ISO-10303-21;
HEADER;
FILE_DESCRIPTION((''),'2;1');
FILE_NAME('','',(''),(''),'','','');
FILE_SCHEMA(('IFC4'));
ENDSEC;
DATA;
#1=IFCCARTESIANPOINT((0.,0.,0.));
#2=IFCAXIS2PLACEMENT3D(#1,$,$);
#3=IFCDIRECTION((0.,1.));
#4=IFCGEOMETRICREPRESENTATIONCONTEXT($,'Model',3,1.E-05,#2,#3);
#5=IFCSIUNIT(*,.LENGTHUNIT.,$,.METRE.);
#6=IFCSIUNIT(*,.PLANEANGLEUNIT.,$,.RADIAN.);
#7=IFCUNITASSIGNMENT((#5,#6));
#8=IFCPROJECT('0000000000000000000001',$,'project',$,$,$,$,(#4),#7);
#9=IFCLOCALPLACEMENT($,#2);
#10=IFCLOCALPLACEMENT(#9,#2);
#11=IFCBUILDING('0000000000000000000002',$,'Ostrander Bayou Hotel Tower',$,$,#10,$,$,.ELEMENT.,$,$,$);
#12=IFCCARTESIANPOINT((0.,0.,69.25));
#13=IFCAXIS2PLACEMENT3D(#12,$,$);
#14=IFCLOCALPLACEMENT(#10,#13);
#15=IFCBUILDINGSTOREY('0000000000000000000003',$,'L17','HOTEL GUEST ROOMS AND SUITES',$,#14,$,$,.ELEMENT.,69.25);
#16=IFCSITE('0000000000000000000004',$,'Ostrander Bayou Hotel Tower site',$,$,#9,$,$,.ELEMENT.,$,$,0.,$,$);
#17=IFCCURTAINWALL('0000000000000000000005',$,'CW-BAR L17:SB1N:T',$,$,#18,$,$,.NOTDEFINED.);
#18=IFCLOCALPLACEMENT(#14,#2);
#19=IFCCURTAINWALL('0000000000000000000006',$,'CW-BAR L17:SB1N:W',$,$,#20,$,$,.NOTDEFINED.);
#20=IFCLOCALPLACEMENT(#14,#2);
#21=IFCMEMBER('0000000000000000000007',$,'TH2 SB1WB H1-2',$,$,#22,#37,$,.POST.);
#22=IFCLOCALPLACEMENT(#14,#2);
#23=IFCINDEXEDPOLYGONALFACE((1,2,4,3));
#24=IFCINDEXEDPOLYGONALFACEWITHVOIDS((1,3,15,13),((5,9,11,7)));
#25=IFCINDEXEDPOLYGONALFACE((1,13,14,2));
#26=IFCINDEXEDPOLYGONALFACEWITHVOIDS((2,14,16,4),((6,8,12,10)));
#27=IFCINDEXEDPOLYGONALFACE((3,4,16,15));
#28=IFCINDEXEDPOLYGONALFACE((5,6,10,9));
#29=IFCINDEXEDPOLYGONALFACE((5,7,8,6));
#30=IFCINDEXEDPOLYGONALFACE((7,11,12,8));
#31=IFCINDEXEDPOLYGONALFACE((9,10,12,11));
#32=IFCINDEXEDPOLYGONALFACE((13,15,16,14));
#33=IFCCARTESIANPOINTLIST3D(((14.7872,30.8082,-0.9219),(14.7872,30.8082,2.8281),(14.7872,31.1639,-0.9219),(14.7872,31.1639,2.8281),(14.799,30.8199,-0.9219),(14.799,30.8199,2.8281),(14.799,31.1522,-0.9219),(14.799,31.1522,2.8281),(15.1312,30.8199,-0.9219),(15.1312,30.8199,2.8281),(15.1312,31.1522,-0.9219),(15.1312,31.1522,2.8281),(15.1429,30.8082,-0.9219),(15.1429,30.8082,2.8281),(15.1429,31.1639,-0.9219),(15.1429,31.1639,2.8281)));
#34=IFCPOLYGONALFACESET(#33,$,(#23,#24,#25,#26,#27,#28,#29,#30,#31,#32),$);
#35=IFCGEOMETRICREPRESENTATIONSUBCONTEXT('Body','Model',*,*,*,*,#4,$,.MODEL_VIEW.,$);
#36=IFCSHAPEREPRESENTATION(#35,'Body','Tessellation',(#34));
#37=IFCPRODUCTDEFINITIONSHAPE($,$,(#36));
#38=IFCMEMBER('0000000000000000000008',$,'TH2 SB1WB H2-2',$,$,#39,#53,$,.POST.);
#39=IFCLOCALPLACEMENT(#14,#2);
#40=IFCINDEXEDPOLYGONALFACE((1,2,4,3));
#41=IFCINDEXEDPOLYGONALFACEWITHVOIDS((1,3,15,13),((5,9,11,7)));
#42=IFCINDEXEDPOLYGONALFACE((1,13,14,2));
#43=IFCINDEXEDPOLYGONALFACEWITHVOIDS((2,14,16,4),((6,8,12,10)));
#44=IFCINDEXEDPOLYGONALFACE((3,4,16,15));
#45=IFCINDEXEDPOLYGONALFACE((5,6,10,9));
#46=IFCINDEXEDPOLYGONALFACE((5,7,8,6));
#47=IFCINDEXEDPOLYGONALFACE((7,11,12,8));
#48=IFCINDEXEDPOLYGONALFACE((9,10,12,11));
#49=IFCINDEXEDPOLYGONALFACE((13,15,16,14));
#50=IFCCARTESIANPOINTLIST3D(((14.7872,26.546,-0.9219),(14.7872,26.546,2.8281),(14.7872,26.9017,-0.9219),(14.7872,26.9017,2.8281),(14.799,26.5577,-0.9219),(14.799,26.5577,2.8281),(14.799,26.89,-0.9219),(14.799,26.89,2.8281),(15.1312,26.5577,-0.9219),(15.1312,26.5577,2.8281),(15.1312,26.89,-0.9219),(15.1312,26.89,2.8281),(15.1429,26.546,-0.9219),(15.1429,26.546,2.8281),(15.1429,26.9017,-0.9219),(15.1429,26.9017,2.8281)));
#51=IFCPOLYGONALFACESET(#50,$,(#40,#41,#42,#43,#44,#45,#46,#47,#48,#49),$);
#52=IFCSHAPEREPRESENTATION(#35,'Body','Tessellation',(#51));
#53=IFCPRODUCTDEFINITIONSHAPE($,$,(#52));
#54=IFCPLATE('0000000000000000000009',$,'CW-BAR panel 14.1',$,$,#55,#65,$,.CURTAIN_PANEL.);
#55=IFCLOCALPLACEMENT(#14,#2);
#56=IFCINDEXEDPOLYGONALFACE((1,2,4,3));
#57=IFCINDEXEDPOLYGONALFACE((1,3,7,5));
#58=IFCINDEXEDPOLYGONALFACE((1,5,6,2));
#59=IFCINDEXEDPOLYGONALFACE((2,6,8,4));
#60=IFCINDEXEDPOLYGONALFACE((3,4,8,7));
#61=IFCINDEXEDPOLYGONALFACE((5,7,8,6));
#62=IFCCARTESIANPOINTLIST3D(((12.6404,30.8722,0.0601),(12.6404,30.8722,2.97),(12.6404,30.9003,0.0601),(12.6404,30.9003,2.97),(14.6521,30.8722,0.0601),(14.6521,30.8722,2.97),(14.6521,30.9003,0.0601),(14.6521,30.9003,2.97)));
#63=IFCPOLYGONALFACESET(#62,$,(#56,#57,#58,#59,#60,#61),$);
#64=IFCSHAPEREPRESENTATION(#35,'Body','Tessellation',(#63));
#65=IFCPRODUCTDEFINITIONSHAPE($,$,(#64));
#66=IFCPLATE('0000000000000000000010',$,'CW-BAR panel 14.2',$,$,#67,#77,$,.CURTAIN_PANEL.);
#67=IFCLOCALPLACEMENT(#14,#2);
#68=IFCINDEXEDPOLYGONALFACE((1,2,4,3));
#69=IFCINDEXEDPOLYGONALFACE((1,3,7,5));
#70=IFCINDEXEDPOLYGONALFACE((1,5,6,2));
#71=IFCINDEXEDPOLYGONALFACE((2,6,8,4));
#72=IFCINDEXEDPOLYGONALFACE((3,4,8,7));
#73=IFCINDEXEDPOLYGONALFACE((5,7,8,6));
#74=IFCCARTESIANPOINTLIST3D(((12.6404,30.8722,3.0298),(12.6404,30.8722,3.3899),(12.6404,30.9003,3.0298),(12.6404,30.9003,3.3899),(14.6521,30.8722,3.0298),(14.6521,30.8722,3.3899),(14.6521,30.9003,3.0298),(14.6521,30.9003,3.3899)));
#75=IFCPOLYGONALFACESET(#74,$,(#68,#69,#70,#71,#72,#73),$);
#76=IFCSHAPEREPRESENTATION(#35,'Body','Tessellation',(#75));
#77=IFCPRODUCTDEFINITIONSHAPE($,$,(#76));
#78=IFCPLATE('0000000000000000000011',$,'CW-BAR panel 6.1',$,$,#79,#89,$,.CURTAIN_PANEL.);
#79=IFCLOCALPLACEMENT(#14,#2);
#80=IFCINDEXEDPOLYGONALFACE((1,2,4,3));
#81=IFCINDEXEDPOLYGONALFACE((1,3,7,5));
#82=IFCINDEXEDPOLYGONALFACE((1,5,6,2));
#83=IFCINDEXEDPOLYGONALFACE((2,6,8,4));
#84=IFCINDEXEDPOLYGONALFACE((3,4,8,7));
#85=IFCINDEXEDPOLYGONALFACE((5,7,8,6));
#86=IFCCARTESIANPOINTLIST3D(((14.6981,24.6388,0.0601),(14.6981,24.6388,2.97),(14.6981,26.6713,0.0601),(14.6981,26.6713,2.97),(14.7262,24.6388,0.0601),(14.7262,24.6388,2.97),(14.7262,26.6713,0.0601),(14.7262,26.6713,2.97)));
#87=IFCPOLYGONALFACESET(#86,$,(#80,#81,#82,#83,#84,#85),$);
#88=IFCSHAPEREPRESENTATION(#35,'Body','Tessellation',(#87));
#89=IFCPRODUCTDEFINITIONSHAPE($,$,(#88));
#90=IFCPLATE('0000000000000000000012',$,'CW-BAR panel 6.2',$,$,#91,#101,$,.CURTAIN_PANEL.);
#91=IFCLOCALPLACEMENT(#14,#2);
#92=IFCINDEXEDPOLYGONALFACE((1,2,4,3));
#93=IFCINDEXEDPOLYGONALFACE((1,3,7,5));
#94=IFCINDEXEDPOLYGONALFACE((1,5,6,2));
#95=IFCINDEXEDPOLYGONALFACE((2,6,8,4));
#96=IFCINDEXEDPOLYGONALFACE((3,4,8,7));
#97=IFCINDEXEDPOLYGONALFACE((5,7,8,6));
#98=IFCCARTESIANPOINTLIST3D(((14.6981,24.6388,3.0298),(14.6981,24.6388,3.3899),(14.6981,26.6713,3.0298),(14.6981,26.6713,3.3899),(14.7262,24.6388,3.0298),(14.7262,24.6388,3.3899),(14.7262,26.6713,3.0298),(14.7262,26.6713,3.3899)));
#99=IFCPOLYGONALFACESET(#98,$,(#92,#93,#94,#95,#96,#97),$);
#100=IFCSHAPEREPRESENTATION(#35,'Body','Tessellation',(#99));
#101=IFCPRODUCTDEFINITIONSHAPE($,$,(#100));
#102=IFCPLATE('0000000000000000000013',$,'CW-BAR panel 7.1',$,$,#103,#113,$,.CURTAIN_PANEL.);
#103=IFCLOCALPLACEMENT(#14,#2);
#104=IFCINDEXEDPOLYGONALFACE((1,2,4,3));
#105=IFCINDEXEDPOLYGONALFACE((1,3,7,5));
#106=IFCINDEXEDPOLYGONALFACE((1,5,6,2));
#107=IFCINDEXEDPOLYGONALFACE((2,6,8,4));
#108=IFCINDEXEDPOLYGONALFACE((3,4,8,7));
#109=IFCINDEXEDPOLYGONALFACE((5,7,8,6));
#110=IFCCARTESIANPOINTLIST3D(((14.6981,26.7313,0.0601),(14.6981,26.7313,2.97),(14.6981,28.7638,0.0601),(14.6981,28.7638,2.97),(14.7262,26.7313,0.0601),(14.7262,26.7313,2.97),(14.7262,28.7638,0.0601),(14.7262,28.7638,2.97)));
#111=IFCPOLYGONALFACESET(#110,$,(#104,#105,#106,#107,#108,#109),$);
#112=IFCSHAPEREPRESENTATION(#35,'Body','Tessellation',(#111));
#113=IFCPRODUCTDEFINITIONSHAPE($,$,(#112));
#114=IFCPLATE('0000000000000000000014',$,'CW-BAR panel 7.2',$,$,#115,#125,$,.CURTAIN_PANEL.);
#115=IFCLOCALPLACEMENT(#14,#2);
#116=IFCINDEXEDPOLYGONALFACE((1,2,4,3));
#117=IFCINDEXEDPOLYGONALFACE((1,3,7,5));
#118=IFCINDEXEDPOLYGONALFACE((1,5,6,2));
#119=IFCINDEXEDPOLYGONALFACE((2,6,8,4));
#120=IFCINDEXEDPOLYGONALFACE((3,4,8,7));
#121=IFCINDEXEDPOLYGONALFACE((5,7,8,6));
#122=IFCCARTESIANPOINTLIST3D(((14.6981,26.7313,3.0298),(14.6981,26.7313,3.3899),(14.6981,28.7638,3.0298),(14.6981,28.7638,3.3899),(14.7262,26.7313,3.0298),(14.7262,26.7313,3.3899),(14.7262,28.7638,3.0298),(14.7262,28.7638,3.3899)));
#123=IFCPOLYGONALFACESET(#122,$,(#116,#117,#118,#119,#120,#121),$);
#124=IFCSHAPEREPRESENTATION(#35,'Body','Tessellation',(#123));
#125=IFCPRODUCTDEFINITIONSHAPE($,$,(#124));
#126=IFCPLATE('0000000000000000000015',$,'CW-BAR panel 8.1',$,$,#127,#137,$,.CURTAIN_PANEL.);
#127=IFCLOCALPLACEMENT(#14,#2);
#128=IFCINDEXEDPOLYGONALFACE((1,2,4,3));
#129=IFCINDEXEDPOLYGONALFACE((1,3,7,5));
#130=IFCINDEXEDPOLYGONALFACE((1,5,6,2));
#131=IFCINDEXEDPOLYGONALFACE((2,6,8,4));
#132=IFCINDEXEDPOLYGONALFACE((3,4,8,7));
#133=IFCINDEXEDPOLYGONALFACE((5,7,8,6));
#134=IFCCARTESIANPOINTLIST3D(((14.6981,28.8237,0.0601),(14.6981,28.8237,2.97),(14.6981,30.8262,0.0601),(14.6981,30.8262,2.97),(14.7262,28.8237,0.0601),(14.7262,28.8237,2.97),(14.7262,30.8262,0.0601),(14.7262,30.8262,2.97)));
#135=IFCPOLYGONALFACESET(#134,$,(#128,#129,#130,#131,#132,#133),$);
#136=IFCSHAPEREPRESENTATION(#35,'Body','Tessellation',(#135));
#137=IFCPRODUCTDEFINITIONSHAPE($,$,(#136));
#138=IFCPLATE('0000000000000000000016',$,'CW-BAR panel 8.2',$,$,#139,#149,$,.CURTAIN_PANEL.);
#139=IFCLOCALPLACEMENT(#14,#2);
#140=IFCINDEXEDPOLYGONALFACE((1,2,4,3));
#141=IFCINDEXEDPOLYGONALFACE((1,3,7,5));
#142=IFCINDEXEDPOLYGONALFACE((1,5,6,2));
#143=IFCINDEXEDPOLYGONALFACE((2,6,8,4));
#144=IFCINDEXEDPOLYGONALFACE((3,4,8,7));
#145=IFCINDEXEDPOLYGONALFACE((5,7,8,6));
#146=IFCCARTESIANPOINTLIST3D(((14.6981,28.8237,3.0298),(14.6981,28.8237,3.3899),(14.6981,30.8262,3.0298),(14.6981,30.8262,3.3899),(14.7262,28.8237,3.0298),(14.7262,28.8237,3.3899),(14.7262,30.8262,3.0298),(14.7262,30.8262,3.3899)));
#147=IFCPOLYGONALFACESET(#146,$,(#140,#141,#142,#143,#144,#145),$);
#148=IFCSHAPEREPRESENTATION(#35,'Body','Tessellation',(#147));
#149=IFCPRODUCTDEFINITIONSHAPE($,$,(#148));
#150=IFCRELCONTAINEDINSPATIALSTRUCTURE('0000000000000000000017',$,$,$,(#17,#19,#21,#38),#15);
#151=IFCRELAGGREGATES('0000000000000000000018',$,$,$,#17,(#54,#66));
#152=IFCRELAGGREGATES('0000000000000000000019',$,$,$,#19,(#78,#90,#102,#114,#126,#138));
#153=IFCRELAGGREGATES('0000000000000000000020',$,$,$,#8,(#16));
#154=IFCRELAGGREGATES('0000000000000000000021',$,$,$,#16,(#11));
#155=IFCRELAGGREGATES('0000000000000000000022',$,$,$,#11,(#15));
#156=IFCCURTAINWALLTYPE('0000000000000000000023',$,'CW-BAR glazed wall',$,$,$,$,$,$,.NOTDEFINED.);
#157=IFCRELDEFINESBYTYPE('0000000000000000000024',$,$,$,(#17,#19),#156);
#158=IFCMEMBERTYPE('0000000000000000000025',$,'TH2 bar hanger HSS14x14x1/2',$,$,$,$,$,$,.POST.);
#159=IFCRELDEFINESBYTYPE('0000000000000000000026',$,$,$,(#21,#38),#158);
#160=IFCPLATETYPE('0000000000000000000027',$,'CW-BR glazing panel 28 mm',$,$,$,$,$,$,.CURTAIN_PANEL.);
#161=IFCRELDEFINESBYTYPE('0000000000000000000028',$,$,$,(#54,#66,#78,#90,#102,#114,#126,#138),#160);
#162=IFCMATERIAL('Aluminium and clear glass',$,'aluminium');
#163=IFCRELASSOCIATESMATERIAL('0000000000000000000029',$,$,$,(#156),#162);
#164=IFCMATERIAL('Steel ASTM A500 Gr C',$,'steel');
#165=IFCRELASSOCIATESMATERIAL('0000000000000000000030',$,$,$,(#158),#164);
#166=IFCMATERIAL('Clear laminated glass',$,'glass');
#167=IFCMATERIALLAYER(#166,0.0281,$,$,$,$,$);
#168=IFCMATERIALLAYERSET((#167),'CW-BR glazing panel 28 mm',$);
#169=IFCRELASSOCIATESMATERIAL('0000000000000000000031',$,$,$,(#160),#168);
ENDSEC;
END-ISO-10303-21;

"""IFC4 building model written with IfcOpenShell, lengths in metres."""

from ifc_helpers import new_model, si_unit, direction, frame, origin, origin_2d, place, context, subcontext, project, spatial, rectangle, hollow_rectangle, extrude, material, layer, layer_set, material_profile, profile_set, type_object, element, aggregate, save


model = new_model("IFC4")

# Units and contexts
model_context = context("Model", 3, precision=1e-05, world=origin(), true_north=direction((0.0, 1.0)))
body_context = subcontext(model_context, "Body", "Model", "MODEL_VIEW")
ifc_project = project(units=[si_unit("LENGTHUNIT", "METRE"), si_unit("PLANEANGLEUNIT", "RADIAN")], contexts=[model_context])

# Site, building, storey
site_placement = place(None, origin())
site = spatial("IfcSite", under=ifc_project, at=site_placement, Name="Ostrander Bayou Hotel Tower site", CompositionType="ELEMENT", RefElevation=0.0)
building_placement = place(site_placement, origin())
building = spatial("IfcBuilding", under=site, at=building_placement, Name="Ostrander Bayou Hotel Tower", CompositionType="ELEMENT")
storey_placement = place(building_placement, frame((0.0, 0.0, 69.25)))
storey = spatial("IfcBuildingStorey", under=building, at=storey_placement, Name="L17", Description="HOTEL GUEST ROOMS AND SUITES", CompositionType="ELEMENT", Elevation=69.25)

# Curtain wall
ifc_material_1 = material(Name="Aluminium and clear glass", Category="aluminium")
curtain_wall_type = type_object("IfcCurtainWallType", Name="CW-BAR glazed wall", PredefinedType="NOTDEFINED", material=ifc_material_1)
curtain_wall_1_placement = place(storey_placement, origin())
curtain_wall_1 = element("IfcCurtainWall", 1, at=curtain_wall_1_placement, inside=storey, type_object=curtain_wall_type, Name="CW-BAR L17:SB1N:T", PredefinedType="NOTDEFINED")

# Curtain wall
curtain_wall_2_placement = place(storey_placement, origin())
curtain_wall_2 = element("IfcCurtainWall", 2, at=curtain_wall_2_placement, inside=storey, type_object=curtain_wall_type, Name="CW-BAR L17:SB1N:W", PredefinedType="NOTDEFINED")

# Members
ifc_material_2 = material(Name="Steel ASTM A500 Gr C", Category="steel")
ifc_material_profile_1 = material_profile(ifc_material_2, hollow_rectangle(XDim=0.3557, YDim=0.3557, WallThickness=0.0117, at=origin_2d()))
ifc_profile_set_1 = profile_set([ifc_material_profile_1], Name="Steel ASTM A500 Gr C")
member_type_1 = type_object("IfcMemberType", Name="TH2 bar hanger HSS14x14x1/2", PredefinedType="POST", material=ifc_profile_set_1)
for number, where, z_axis, x_axis, name in (
    (3, (14.9651, 30.9861, -0.9219), (0.0, 0.0, 1.0), (1.0, 0.0, 0.0), "TH2 SB1WB H1-2"),
    (4, (14.9651, 26.7239, -0.9219), (0.0, 0.0, 1.0), (1.0, 0.0, 0.0), "TH2 SB1WB H2-2"),
):
    element("IfcMember", number, at=place(storey_placement, frame(where, z_axis=z_axis, x_axis=x_axis)), inside=storey, type_object=member_type_1, Name=name, PredefinedType="POST", context=body_context, shape_type="SweptSolid", body=[
        extrude(hollow_rectangle(XDim=0.3557, YDim=0.3557, WallThickness=0.0117, at=origin_2d()), origin(), (0.0, 0.0, 1.0), 3.75),
    ])

# Plates
ifc_material_3 = material(Name="Clear laminated glass", Category="glass")
ifc_layer = layer(ifc_material_3, 0.0281)
ifc_layer_set = layer_set([ifc_layer], Name="CW-BR glazing panel 28 mm")
plate_type = type_object("IfcPlateType", Name="CW-BR glazing panel 28 mm", PredefinedType="CURTAIN_PANEL", material=ifc_layer_set)
plate_1_placement = place(storey_placement, frame((13.6462, 30.8862, 0.0601), z_axis=(0.0, 0.0, 1.0), x_axis=(1.0, 0.0, 0.0)))
plate_1 = element("IfcPlate", 5, at=plate_1_placement, type_object=plate_type, Name="CW-BAR panel 14.1", PredefinedType="CURTAIN_PANEL", context=body_context, shape_type="SweptSolid", body=[
    extrude(rectangle(XDim=2.0117, YDim=0.0281, at=origin_2d()), origin(), (0.0, 0.0, 1.0), 2.9099),
])
plate_2_placement = place(storey_placement, frame((13.6462, 30.8862, 3.0298), z_axis=(0.0, 0.0, 1.0), x_axis=(1.0, 0.0, 0.0)))
plate_2 = element("IfcPlate", 6, at=plate_2_placement, type_object=plate_type, Name="CW-BAR panel 14.2", PredefinedType="CURTAIN_PANEL", context=body_context, shape_type="SweptSolid", body=[
    extrude(rectangle(XDim=2.0117, YDim=0.0281, at=origin_2d()), origin(), (0.0, 0.0, 1.0), 0.3601),
])
aggregate(curtain_wall_1, [plate_1, plate_2])
plate_3_placement = place(storey_placement, frame((14.7122, 25.655, 0.0601), z_axis=(0.0, 0.0, 1.0), x_axis=(0.0, 1.0, 0.0)))
plate_3 = element("IfcPlate", 7, at=plate_3_placement, type_object=plate_type, Name="CW-BAR panel 6.1", PredefinedType="CURTAIN_PANEL", context=body_context, shape_type="SweptSolid", body=[
    extrude(rectangle(XDim=2.0325, YDim=0.0281, at=origin_2d()), origin(), (0.0, 0.0, 1.0), 2.9099),
])
plate_4_placement = place(storey_placement, frame((14.7122, 25.655, 3.0298), z_axis=(0.0, 0.0, 1.0), x_axis=(0.0, 1.0, 0.0)))
plate_4 = element("IfcPlate", 8, at=plate_4_placement, type_object=plate_type, Name="CW-BAR panel 6.2", PredefinedType="CURTAIN_PANEL", context=body_context, shape_type="SweptSolid", body=[
    extrude(rectangle(XDim=2.0325, YDim=0.0281, at=origin_2d()), origin(), (0.0, 0.0, 1.0), 0.3601),
])
plate_5_placement = place(storey_placement, frame((14.7122, 27.7476, 0.0601), z_axis=(0.0, 0.0, 1.0), x_axis=(0.0, 1.0, 0.0)))
plate_5 = element("IfcPlate", 9, at=plate_5_placement, type_object=plate_type, Name="CW-BAR panel 7.1", PredefinedType="CURTAIN_PANEL", context=body_context, shape_type="SweptSolid", body=[
    extrude(rectangle(XDim=2.0325, YDim=0.0281, at=origin_2d()), origin(), (0.0, 0.0, 1.0), 2.9099),
])
plate_6_placement = place(storey_placement, frame((14.7122, 27.7476, 3.0298), z_axis=(0.0, 0.0, 1.0), x_axis=(0.0, 1.0, 0.0)))
plate_6 = element("IfcPlate", 10, at=plate_6_placement, type_object=plate_type, Name="CW-BAR panel 7.2", PredefinedType="CURTAIN_PANEL", context=body_context, shape_type="SweptSolid", body=[
    extrude(rectangle(XDim=2.0325, YDim=0.0281, at=origin_2d()), origin(), (0.0, 0.0, 1.0), 0.3601),
])
plate_7_placement = place(storey_placement, frame((14.7122, 29.825, 0.0601), z_axis=(0.0, 0.0, 1.0), x_axis=(0.0, 1.0, 0.0)))
plate_7 = element("IfcPlate", 11, at=plate_7_placement, type_object=plate_type, Name="CW-BAR panel 8.1", PredefinedType="CURTAIN_PANEL", context=body_context, shape_type="SweptSolid", body=[
    extrude(rectangle(XDim=2.0024, YDim=0.0281, at=origin_2d()), origin(), (0.0, 0.0, 1.0), 2.9099),
])
plate_8_placement = place(storey_placement, frame((14.7122, 29.825, 3.0298), z_axis=(0.0, 0.0, 1.0), x_axis=(0.0, 1.0, 0.0)))
plate_8 = element("IfcPlate", 12, at=plate_8_placement, type_object=plate_type, Name="CW-BAR panel 8.2", PredefinedType="CURTAIN_PANEL", context=body_context, shape_type="SweptSolid", body=[
    extrude(rectangle(XDim=2.0024, YDim=0.0281, at=origin_2d()), origin(), (0.0, 0.0, 1.0), 0.3601),
])
aggregate(curtain_wall_2, [plate_3, plate_4, plate_5, plate_6, plate_7, plate_8])

save(model, "model.ifc")
